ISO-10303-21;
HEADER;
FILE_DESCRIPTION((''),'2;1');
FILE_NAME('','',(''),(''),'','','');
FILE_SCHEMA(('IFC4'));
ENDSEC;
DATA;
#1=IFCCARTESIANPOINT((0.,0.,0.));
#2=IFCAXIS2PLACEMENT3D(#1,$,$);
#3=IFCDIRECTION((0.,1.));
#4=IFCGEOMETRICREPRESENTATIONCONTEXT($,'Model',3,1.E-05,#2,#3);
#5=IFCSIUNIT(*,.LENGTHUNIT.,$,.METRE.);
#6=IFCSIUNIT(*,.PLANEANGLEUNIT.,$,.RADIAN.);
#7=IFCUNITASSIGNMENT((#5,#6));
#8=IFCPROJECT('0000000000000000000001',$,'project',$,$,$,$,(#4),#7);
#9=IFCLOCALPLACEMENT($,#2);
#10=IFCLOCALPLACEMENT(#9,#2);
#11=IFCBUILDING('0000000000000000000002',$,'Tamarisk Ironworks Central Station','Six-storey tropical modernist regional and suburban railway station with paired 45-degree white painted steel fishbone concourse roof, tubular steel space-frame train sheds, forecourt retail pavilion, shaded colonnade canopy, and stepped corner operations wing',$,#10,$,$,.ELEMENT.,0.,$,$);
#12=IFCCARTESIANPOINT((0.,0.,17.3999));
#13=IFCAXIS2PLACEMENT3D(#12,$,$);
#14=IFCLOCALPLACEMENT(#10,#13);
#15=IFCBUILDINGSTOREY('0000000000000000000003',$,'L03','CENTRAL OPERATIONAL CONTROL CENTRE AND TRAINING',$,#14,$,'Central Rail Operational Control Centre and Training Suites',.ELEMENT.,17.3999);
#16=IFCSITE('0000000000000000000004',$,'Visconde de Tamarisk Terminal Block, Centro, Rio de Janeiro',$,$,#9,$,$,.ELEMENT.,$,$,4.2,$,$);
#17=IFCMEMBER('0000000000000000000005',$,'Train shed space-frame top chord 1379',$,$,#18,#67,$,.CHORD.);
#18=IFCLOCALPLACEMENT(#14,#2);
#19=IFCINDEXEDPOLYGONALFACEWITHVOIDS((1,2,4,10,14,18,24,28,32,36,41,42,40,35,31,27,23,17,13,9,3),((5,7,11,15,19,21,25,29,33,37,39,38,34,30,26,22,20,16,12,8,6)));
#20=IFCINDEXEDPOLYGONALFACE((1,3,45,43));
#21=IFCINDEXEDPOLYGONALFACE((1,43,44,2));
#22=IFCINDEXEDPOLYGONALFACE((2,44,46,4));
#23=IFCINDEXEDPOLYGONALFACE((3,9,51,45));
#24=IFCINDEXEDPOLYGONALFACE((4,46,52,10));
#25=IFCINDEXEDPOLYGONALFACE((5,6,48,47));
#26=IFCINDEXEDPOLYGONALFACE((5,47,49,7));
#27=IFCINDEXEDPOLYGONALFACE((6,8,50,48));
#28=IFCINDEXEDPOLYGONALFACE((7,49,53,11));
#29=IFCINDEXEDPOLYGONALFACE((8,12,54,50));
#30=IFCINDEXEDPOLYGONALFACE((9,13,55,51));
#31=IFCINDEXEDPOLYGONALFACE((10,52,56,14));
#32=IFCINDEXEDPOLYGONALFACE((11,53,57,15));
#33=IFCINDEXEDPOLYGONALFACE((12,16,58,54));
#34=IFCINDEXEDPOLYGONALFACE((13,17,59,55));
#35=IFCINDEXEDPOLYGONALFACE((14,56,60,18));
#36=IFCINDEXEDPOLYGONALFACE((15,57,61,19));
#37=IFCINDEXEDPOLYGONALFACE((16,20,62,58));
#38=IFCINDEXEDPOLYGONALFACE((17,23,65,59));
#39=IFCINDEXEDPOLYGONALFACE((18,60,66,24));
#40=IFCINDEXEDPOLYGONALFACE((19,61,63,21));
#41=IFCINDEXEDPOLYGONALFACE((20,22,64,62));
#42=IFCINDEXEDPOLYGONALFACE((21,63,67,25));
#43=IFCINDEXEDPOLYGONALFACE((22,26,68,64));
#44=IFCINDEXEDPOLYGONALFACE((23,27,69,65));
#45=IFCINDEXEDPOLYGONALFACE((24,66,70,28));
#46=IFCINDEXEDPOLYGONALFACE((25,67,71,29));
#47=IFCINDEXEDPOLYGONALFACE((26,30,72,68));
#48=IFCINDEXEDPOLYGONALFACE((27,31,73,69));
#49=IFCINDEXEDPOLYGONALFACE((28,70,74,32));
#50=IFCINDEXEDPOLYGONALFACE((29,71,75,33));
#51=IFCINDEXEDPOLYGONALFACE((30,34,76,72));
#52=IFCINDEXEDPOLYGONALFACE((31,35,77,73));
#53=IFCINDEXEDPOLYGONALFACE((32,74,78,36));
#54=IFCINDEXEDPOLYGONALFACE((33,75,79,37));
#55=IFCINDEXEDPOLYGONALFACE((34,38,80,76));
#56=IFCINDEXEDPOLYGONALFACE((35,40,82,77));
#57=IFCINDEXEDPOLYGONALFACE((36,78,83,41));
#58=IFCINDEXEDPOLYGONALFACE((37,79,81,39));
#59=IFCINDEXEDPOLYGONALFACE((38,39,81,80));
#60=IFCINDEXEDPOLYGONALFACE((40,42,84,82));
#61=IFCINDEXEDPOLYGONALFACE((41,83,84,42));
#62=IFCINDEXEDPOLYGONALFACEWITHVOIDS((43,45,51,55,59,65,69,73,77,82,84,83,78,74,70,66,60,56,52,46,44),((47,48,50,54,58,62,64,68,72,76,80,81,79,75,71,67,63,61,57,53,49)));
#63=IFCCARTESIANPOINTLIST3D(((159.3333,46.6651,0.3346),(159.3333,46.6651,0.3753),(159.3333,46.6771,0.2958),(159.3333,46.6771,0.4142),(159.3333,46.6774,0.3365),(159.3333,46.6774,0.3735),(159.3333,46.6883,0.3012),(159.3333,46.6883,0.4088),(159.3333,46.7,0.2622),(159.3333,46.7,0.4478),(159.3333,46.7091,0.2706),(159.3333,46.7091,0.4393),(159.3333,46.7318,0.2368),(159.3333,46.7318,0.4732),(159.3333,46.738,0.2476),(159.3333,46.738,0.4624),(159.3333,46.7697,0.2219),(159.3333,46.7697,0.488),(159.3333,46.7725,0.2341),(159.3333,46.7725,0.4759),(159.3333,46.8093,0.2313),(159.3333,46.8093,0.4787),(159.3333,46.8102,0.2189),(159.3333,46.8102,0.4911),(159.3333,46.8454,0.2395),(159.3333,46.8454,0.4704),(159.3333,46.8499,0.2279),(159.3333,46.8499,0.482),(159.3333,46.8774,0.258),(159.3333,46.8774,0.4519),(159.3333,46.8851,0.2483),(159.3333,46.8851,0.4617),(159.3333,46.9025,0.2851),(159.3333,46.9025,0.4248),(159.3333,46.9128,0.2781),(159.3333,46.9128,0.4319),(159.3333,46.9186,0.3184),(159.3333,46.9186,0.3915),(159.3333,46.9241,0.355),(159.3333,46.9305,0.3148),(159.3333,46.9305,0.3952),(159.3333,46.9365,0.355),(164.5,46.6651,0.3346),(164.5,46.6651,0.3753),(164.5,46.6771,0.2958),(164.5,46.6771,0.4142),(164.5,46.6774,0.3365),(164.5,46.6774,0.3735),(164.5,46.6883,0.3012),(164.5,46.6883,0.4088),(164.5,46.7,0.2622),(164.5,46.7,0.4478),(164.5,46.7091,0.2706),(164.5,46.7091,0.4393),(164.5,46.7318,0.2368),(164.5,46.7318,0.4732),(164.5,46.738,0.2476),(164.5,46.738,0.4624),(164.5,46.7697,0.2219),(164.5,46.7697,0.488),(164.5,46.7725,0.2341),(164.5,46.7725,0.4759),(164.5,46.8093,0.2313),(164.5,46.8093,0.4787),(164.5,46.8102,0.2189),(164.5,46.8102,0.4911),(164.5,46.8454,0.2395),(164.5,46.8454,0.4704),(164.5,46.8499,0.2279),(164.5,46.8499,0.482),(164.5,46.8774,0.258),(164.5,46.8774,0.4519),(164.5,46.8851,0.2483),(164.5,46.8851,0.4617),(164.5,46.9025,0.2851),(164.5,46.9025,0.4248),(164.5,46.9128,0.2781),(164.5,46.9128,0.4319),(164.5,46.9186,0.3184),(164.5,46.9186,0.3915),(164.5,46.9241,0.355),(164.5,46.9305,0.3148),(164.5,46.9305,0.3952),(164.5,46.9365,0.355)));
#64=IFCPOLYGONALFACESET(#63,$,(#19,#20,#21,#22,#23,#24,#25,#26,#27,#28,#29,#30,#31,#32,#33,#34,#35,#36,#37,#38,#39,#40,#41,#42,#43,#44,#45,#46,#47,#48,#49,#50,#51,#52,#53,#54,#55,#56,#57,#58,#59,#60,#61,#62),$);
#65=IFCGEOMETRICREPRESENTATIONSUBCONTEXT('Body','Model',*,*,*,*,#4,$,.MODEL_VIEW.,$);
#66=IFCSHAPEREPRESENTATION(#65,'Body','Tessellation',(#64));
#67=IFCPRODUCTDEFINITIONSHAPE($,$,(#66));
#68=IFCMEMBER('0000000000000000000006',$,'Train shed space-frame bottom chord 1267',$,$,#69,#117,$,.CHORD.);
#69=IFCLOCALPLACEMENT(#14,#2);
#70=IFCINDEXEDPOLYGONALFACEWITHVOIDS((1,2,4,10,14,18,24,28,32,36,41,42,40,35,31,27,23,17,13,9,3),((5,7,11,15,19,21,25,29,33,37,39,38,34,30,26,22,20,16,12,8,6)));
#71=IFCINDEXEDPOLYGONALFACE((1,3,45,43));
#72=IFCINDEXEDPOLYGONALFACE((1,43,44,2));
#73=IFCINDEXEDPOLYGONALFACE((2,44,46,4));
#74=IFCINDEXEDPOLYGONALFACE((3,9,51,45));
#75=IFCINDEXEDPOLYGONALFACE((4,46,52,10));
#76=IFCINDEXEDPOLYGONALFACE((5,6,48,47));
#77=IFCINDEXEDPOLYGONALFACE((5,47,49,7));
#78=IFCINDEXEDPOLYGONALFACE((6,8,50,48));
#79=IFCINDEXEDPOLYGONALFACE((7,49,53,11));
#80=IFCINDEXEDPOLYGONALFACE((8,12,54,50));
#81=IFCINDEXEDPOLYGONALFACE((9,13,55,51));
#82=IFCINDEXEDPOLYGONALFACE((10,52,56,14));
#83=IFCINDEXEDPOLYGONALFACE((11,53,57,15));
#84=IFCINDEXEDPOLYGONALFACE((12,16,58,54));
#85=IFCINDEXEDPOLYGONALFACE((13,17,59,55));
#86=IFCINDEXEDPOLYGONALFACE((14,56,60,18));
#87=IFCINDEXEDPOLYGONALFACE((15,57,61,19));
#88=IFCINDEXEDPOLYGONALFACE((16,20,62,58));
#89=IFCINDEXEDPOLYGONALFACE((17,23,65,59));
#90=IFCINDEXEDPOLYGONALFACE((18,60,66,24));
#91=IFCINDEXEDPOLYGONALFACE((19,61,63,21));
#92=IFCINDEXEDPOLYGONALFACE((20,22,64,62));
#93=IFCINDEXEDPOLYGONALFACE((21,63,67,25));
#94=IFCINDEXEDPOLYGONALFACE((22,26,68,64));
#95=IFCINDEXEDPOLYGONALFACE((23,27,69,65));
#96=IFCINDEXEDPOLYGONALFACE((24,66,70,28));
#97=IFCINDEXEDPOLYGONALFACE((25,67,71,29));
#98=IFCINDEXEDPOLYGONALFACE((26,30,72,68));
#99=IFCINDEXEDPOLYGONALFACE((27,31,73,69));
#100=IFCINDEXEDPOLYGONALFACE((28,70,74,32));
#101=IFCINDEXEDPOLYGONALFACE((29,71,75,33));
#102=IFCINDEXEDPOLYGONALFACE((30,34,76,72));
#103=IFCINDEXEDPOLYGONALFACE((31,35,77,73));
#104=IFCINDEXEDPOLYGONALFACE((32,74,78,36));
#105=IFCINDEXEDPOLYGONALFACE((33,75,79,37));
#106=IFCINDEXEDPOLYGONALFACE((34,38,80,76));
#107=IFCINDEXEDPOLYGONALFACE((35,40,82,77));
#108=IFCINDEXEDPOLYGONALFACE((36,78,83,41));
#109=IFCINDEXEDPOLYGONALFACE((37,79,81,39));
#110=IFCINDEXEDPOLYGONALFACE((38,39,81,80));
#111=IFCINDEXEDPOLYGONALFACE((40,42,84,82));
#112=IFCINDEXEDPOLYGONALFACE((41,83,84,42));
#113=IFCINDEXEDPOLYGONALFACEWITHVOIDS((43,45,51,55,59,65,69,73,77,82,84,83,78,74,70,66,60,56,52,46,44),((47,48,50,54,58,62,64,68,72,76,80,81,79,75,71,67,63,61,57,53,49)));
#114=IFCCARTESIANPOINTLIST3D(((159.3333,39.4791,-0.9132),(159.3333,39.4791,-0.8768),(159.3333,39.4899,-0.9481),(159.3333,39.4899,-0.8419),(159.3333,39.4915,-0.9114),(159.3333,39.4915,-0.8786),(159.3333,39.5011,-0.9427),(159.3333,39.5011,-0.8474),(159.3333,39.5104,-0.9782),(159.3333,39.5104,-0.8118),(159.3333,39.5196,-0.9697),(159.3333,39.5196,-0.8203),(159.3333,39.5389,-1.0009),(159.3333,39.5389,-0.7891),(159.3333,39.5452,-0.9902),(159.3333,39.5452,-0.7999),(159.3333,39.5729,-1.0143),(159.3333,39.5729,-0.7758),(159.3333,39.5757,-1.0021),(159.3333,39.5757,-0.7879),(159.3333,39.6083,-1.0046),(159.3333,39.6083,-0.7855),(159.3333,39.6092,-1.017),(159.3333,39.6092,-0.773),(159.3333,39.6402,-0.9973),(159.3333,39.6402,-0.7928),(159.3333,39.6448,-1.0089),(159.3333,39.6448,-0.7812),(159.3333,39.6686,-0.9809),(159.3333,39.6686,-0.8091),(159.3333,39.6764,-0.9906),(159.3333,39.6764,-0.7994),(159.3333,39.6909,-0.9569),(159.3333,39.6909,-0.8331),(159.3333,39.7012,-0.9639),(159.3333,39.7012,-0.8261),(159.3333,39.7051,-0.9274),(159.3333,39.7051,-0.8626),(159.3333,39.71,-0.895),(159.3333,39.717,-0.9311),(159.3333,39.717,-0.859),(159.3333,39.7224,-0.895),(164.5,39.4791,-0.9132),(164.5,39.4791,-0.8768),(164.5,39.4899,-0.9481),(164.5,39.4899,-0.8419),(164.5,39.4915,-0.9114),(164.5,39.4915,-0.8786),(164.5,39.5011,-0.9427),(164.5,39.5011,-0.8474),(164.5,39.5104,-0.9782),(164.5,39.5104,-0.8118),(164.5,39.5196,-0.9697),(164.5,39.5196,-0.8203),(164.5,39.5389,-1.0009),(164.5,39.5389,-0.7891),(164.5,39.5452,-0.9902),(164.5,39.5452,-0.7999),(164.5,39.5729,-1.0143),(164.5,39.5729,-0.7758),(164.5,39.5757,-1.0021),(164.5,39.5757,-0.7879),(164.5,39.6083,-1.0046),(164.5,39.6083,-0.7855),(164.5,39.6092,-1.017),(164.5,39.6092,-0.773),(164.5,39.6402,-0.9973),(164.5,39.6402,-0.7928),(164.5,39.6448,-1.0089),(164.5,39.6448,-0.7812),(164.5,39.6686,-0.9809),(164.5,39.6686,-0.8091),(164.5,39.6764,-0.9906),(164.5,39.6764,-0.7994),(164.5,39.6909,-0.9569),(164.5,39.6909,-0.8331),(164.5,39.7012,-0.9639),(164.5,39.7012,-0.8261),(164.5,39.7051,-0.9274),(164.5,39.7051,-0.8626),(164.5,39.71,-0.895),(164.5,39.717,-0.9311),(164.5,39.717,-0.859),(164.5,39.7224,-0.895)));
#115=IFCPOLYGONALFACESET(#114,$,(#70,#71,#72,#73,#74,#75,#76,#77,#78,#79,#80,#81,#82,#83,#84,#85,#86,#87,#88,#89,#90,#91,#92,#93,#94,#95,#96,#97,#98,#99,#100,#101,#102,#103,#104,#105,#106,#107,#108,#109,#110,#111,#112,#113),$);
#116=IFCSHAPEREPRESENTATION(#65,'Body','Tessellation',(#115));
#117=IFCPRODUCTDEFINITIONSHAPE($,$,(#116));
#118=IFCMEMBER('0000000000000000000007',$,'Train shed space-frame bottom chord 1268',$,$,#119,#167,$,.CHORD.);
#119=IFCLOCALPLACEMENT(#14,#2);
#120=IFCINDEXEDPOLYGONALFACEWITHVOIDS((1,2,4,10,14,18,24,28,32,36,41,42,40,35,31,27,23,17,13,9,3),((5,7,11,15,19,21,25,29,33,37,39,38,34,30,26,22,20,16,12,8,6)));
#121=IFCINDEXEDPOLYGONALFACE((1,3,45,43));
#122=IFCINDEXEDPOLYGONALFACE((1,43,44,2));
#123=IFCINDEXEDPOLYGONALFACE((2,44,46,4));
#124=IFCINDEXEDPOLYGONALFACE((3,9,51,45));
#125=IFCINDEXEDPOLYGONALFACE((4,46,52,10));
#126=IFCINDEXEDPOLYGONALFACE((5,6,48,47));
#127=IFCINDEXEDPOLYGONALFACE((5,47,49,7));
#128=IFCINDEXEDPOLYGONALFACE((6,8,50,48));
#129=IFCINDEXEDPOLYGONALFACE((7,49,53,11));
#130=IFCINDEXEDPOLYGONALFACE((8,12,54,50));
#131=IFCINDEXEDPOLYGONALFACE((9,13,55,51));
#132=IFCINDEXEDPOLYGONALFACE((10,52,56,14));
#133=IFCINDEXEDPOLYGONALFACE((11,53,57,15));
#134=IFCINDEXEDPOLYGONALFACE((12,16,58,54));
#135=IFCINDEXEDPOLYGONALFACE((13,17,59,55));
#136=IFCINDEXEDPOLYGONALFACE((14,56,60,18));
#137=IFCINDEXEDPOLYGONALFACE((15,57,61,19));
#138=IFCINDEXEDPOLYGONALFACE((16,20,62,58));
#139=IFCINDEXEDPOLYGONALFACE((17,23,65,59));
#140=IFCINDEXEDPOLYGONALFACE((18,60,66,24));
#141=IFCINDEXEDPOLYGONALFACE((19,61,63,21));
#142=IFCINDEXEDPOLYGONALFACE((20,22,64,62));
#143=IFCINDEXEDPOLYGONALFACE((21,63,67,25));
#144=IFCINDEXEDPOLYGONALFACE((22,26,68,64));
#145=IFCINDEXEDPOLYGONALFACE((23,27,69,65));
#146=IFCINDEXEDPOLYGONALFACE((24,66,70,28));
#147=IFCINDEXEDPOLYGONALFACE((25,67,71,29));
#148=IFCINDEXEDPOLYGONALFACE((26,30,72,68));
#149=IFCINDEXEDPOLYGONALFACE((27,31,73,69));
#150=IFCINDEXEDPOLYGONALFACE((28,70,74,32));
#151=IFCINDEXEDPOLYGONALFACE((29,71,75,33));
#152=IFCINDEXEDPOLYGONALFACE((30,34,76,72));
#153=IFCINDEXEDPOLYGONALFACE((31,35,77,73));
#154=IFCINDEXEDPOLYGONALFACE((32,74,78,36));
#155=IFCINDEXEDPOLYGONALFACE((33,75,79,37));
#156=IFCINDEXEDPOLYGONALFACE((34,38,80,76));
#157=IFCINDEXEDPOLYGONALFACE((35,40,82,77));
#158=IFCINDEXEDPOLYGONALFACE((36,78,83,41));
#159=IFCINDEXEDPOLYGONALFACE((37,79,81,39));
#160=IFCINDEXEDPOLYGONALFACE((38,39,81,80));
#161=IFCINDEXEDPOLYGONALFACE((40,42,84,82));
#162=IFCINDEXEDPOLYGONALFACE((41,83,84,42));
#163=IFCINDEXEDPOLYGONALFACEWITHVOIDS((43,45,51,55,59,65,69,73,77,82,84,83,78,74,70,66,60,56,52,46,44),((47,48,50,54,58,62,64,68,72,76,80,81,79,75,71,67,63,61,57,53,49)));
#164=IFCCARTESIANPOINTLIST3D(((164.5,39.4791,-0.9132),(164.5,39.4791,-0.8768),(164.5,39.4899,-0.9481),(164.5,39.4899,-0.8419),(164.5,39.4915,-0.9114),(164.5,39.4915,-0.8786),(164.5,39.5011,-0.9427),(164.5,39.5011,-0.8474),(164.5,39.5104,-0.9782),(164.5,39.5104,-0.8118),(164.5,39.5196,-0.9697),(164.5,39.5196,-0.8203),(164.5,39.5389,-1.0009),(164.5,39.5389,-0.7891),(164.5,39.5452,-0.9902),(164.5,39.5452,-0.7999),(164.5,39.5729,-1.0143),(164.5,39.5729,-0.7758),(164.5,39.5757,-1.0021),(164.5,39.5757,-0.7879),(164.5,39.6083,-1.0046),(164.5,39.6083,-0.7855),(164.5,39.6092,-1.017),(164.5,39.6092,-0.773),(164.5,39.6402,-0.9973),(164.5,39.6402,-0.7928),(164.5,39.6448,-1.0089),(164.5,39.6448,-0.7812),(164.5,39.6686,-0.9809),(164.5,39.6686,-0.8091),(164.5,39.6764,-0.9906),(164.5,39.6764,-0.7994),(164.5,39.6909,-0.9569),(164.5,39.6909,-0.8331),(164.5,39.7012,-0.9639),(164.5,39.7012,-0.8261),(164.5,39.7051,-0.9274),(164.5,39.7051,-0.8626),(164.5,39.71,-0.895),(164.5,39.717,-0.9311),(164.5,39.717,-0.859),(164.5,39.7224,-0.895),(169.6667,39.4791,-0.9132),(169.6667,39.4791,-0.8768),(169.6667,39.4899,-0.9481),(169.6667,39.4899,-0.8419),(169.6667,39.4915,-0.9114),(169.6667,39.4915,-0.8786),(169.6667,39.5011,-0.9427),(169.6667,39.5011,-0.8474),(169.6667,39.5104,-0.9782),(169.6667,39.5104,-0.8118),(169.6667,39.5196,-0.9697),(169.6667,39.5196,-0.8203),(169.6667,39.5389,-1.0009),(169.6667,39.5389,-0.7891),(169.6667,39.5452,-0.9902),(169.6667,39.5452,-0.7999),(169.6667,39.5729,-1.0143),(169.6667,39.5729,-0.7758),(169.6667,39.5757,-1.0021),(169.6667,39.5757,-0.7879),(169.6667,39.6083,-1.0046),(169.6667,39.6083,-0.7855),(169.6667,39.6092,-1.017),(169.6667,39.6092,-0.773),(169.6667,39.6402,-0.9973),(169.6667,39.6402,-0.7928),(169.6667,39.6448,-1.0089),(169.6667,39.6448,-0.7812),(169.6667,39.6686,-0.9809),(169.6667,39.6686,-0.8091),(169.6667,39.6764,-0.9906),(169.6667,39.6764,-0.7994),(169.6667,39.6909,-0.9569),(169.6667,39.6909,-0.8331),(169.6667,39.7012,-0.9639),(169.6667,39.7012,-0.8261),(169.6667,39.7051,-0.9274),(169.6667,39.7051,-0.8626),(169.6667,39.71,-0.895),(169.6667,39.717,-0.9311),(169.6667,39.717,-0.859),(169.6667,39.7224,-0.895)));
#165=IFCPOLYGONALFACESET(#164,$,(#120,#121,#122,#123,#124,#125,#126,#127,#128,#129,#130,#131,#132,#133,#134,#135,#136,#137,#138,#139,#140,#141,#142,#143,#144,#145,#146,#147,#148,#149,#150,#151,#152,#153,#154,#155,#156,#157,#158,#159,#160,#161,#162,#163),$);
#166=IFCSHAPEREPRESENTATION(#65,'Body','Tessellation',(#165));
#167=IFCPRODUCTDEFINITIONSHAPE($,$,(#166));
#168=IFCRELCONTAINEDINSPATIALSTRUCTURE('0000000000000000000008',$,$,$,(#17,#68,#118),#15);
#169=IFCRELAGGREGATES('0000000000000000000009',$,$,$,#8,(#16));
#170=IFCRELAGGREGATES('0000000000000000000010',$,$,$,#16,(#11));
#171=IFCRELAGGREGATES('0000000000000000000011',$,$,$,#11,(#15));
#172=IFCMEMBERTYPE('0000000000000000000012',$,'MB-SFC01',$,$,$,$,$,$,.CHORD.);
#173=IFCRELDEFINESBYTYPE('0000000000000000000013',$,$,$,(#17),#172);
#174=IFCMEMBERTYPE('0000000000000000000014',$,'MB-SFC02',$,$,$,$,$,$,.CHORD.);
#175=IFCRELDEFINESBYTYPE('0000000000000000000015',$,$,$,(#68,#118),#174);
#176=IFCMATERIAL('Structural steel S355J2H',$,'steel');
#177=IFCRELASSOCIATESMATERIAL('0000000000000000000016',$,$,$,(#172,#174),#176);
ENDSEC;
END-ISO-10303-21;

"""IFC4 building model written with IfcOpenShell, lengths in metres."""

from ifc_helpers import new_model, si_unit, direction, frame, origin, origin_2d, place, context, subcontext, project, spatial, hollow_circle, extrude, material, material_profile, profile_set, type_object, element, save


model = new_model("IFC4")

# Units and contexts
model_context = context("Model", 3, precision=1e-05, world=origin(), true_north=direction((0.0, 1.0)))
body_context = subcontext(model_context, "Body", "Model", "MODEL_VIEW")
ifc_project = project(units=[si_unit("LENGTHUNIT", "METRE"), si_unit("PLANEANGLEUNIT", "RADIAN")], contexts=[model_context])

# Site, building, storey
site_placement = place(None, origin())
site = spatial("IfcSite", under=ifc_project, at=site_placement, Name="Visconde de Tamarisk Terminal Block, Centro, Rio de Janeiro", CompositionType="ELEMENT", RefElevation=4.2)
building_placement = place(site_placement, origin())
building = spatial("IfcBuilding", under=site, at=building_placement, Name="Tamarisk Ironworks Central Station", Description="Six-storey tropical modernist regional and suburban railway station with paired 45-degree white painted steel fishbone concourse roof, tubular steel space-frame train sheds, forecourt retail pavilion, shaded colonnade canopy, and stepped corner operations wing", CompositionType="ELEMENT", ElevationOfRefHeight=0.0)
storey_placement = place(building_placement, frame((0.0, 0.0, 17.3999)))
storey = spatial("IfcBuildingStorey", under=building, at=storey_placement, Name="L03", Description="CENTRAL OPERATIONAL CONTROL CENTRE AND TRAINING", LongName="Central Rail Operational Control Centre and Training Suites", CompositionType="ELEMENT", Elevation=17.3999)

# Members
ifc_material = material(Name="Structural steel S355J2H", Category="steel")
ifc_material_profile_1 = material_profile(ifc_material, hollow_circle(Radius=0.1365, WallThickness=0.0125, at=origin_2d()), Name="CHS 273x12.5")
ifc_profile_set_1 = profile_set([ifc_material_profile_1], Name="Structural steel S355J2H")
member_type_1 = type_object("IfcMemberType", Name="MB-SFC01", PredefinedType="CHORD", material=ifc_profile_set_1)
for number, where, z_axis, x_axis, name in (
    (1, (159.3333, 46.8, 0.355), (1.0, 0.0, 0.0), (0.0, 1.0, 0.0), "Train shed space-frame top chord 1379"),
):
    element("IfcMember", number, at=place(storey_placement, frame(where, z_axis=z_axis, x_axis=x_axis)), inside=storey, type_object=member_type_1, Name=name, PredefinedType="CHORD", context=body_context, shape_type="SweptSolid", body=[
        extrude(hollow_circle(Radius=0.1365, WallThickness=0.0125, at=origin_2d()), origin(), (0.0, 0.0, 1.0), 5.1667),
    ])
ifc_material_profile_2 = material_profile(ifc_material, hollow_circle(Radius=0.1223, WallThickness=0.0125, at=origin_2d()), Name="CHS 244.5x12.5")
ifc_profile_set_2 = profile_set([ifc_material_profile_2], Name="Structural steel S355J2H")
member_type_2 = type_object("IfcMemberType", Name="MB-SFC02", PredefinedType="CHORD", material=ifc_profile_set_2)
for number, where, z_axis, x_axis, name in (
    (2, (159.3333, 39.6001, -0.895), (1.0, 0.0, 0.0), (0.0, 1.0, 0.0), "Train shed space-frame bottom chord 1267"),
    (3, (164.5, 39.6001, -0.895), (1.0, 0.0, 0.0), (0.0, 1.0, 0.0), "Train shed space-frame bottom chord 1268"),
):
    element("IfcMember", number, at=place(storey_placement, frame(where, z_axis=z_axis, x_axis=x_axis)), inside=storey, type_object=member_type_2, Name=name, PredefinedType="CHORD", context=body_context, shape_type="SweptSolid", body=[
        extrude(hollow_circle(Radius=0.1223, WallThickness=0.0125, at=origin_2d()), origin(), (0.0, 0.0, 1.0), 5.1667),
    ])

save(model, "model.ifc")
